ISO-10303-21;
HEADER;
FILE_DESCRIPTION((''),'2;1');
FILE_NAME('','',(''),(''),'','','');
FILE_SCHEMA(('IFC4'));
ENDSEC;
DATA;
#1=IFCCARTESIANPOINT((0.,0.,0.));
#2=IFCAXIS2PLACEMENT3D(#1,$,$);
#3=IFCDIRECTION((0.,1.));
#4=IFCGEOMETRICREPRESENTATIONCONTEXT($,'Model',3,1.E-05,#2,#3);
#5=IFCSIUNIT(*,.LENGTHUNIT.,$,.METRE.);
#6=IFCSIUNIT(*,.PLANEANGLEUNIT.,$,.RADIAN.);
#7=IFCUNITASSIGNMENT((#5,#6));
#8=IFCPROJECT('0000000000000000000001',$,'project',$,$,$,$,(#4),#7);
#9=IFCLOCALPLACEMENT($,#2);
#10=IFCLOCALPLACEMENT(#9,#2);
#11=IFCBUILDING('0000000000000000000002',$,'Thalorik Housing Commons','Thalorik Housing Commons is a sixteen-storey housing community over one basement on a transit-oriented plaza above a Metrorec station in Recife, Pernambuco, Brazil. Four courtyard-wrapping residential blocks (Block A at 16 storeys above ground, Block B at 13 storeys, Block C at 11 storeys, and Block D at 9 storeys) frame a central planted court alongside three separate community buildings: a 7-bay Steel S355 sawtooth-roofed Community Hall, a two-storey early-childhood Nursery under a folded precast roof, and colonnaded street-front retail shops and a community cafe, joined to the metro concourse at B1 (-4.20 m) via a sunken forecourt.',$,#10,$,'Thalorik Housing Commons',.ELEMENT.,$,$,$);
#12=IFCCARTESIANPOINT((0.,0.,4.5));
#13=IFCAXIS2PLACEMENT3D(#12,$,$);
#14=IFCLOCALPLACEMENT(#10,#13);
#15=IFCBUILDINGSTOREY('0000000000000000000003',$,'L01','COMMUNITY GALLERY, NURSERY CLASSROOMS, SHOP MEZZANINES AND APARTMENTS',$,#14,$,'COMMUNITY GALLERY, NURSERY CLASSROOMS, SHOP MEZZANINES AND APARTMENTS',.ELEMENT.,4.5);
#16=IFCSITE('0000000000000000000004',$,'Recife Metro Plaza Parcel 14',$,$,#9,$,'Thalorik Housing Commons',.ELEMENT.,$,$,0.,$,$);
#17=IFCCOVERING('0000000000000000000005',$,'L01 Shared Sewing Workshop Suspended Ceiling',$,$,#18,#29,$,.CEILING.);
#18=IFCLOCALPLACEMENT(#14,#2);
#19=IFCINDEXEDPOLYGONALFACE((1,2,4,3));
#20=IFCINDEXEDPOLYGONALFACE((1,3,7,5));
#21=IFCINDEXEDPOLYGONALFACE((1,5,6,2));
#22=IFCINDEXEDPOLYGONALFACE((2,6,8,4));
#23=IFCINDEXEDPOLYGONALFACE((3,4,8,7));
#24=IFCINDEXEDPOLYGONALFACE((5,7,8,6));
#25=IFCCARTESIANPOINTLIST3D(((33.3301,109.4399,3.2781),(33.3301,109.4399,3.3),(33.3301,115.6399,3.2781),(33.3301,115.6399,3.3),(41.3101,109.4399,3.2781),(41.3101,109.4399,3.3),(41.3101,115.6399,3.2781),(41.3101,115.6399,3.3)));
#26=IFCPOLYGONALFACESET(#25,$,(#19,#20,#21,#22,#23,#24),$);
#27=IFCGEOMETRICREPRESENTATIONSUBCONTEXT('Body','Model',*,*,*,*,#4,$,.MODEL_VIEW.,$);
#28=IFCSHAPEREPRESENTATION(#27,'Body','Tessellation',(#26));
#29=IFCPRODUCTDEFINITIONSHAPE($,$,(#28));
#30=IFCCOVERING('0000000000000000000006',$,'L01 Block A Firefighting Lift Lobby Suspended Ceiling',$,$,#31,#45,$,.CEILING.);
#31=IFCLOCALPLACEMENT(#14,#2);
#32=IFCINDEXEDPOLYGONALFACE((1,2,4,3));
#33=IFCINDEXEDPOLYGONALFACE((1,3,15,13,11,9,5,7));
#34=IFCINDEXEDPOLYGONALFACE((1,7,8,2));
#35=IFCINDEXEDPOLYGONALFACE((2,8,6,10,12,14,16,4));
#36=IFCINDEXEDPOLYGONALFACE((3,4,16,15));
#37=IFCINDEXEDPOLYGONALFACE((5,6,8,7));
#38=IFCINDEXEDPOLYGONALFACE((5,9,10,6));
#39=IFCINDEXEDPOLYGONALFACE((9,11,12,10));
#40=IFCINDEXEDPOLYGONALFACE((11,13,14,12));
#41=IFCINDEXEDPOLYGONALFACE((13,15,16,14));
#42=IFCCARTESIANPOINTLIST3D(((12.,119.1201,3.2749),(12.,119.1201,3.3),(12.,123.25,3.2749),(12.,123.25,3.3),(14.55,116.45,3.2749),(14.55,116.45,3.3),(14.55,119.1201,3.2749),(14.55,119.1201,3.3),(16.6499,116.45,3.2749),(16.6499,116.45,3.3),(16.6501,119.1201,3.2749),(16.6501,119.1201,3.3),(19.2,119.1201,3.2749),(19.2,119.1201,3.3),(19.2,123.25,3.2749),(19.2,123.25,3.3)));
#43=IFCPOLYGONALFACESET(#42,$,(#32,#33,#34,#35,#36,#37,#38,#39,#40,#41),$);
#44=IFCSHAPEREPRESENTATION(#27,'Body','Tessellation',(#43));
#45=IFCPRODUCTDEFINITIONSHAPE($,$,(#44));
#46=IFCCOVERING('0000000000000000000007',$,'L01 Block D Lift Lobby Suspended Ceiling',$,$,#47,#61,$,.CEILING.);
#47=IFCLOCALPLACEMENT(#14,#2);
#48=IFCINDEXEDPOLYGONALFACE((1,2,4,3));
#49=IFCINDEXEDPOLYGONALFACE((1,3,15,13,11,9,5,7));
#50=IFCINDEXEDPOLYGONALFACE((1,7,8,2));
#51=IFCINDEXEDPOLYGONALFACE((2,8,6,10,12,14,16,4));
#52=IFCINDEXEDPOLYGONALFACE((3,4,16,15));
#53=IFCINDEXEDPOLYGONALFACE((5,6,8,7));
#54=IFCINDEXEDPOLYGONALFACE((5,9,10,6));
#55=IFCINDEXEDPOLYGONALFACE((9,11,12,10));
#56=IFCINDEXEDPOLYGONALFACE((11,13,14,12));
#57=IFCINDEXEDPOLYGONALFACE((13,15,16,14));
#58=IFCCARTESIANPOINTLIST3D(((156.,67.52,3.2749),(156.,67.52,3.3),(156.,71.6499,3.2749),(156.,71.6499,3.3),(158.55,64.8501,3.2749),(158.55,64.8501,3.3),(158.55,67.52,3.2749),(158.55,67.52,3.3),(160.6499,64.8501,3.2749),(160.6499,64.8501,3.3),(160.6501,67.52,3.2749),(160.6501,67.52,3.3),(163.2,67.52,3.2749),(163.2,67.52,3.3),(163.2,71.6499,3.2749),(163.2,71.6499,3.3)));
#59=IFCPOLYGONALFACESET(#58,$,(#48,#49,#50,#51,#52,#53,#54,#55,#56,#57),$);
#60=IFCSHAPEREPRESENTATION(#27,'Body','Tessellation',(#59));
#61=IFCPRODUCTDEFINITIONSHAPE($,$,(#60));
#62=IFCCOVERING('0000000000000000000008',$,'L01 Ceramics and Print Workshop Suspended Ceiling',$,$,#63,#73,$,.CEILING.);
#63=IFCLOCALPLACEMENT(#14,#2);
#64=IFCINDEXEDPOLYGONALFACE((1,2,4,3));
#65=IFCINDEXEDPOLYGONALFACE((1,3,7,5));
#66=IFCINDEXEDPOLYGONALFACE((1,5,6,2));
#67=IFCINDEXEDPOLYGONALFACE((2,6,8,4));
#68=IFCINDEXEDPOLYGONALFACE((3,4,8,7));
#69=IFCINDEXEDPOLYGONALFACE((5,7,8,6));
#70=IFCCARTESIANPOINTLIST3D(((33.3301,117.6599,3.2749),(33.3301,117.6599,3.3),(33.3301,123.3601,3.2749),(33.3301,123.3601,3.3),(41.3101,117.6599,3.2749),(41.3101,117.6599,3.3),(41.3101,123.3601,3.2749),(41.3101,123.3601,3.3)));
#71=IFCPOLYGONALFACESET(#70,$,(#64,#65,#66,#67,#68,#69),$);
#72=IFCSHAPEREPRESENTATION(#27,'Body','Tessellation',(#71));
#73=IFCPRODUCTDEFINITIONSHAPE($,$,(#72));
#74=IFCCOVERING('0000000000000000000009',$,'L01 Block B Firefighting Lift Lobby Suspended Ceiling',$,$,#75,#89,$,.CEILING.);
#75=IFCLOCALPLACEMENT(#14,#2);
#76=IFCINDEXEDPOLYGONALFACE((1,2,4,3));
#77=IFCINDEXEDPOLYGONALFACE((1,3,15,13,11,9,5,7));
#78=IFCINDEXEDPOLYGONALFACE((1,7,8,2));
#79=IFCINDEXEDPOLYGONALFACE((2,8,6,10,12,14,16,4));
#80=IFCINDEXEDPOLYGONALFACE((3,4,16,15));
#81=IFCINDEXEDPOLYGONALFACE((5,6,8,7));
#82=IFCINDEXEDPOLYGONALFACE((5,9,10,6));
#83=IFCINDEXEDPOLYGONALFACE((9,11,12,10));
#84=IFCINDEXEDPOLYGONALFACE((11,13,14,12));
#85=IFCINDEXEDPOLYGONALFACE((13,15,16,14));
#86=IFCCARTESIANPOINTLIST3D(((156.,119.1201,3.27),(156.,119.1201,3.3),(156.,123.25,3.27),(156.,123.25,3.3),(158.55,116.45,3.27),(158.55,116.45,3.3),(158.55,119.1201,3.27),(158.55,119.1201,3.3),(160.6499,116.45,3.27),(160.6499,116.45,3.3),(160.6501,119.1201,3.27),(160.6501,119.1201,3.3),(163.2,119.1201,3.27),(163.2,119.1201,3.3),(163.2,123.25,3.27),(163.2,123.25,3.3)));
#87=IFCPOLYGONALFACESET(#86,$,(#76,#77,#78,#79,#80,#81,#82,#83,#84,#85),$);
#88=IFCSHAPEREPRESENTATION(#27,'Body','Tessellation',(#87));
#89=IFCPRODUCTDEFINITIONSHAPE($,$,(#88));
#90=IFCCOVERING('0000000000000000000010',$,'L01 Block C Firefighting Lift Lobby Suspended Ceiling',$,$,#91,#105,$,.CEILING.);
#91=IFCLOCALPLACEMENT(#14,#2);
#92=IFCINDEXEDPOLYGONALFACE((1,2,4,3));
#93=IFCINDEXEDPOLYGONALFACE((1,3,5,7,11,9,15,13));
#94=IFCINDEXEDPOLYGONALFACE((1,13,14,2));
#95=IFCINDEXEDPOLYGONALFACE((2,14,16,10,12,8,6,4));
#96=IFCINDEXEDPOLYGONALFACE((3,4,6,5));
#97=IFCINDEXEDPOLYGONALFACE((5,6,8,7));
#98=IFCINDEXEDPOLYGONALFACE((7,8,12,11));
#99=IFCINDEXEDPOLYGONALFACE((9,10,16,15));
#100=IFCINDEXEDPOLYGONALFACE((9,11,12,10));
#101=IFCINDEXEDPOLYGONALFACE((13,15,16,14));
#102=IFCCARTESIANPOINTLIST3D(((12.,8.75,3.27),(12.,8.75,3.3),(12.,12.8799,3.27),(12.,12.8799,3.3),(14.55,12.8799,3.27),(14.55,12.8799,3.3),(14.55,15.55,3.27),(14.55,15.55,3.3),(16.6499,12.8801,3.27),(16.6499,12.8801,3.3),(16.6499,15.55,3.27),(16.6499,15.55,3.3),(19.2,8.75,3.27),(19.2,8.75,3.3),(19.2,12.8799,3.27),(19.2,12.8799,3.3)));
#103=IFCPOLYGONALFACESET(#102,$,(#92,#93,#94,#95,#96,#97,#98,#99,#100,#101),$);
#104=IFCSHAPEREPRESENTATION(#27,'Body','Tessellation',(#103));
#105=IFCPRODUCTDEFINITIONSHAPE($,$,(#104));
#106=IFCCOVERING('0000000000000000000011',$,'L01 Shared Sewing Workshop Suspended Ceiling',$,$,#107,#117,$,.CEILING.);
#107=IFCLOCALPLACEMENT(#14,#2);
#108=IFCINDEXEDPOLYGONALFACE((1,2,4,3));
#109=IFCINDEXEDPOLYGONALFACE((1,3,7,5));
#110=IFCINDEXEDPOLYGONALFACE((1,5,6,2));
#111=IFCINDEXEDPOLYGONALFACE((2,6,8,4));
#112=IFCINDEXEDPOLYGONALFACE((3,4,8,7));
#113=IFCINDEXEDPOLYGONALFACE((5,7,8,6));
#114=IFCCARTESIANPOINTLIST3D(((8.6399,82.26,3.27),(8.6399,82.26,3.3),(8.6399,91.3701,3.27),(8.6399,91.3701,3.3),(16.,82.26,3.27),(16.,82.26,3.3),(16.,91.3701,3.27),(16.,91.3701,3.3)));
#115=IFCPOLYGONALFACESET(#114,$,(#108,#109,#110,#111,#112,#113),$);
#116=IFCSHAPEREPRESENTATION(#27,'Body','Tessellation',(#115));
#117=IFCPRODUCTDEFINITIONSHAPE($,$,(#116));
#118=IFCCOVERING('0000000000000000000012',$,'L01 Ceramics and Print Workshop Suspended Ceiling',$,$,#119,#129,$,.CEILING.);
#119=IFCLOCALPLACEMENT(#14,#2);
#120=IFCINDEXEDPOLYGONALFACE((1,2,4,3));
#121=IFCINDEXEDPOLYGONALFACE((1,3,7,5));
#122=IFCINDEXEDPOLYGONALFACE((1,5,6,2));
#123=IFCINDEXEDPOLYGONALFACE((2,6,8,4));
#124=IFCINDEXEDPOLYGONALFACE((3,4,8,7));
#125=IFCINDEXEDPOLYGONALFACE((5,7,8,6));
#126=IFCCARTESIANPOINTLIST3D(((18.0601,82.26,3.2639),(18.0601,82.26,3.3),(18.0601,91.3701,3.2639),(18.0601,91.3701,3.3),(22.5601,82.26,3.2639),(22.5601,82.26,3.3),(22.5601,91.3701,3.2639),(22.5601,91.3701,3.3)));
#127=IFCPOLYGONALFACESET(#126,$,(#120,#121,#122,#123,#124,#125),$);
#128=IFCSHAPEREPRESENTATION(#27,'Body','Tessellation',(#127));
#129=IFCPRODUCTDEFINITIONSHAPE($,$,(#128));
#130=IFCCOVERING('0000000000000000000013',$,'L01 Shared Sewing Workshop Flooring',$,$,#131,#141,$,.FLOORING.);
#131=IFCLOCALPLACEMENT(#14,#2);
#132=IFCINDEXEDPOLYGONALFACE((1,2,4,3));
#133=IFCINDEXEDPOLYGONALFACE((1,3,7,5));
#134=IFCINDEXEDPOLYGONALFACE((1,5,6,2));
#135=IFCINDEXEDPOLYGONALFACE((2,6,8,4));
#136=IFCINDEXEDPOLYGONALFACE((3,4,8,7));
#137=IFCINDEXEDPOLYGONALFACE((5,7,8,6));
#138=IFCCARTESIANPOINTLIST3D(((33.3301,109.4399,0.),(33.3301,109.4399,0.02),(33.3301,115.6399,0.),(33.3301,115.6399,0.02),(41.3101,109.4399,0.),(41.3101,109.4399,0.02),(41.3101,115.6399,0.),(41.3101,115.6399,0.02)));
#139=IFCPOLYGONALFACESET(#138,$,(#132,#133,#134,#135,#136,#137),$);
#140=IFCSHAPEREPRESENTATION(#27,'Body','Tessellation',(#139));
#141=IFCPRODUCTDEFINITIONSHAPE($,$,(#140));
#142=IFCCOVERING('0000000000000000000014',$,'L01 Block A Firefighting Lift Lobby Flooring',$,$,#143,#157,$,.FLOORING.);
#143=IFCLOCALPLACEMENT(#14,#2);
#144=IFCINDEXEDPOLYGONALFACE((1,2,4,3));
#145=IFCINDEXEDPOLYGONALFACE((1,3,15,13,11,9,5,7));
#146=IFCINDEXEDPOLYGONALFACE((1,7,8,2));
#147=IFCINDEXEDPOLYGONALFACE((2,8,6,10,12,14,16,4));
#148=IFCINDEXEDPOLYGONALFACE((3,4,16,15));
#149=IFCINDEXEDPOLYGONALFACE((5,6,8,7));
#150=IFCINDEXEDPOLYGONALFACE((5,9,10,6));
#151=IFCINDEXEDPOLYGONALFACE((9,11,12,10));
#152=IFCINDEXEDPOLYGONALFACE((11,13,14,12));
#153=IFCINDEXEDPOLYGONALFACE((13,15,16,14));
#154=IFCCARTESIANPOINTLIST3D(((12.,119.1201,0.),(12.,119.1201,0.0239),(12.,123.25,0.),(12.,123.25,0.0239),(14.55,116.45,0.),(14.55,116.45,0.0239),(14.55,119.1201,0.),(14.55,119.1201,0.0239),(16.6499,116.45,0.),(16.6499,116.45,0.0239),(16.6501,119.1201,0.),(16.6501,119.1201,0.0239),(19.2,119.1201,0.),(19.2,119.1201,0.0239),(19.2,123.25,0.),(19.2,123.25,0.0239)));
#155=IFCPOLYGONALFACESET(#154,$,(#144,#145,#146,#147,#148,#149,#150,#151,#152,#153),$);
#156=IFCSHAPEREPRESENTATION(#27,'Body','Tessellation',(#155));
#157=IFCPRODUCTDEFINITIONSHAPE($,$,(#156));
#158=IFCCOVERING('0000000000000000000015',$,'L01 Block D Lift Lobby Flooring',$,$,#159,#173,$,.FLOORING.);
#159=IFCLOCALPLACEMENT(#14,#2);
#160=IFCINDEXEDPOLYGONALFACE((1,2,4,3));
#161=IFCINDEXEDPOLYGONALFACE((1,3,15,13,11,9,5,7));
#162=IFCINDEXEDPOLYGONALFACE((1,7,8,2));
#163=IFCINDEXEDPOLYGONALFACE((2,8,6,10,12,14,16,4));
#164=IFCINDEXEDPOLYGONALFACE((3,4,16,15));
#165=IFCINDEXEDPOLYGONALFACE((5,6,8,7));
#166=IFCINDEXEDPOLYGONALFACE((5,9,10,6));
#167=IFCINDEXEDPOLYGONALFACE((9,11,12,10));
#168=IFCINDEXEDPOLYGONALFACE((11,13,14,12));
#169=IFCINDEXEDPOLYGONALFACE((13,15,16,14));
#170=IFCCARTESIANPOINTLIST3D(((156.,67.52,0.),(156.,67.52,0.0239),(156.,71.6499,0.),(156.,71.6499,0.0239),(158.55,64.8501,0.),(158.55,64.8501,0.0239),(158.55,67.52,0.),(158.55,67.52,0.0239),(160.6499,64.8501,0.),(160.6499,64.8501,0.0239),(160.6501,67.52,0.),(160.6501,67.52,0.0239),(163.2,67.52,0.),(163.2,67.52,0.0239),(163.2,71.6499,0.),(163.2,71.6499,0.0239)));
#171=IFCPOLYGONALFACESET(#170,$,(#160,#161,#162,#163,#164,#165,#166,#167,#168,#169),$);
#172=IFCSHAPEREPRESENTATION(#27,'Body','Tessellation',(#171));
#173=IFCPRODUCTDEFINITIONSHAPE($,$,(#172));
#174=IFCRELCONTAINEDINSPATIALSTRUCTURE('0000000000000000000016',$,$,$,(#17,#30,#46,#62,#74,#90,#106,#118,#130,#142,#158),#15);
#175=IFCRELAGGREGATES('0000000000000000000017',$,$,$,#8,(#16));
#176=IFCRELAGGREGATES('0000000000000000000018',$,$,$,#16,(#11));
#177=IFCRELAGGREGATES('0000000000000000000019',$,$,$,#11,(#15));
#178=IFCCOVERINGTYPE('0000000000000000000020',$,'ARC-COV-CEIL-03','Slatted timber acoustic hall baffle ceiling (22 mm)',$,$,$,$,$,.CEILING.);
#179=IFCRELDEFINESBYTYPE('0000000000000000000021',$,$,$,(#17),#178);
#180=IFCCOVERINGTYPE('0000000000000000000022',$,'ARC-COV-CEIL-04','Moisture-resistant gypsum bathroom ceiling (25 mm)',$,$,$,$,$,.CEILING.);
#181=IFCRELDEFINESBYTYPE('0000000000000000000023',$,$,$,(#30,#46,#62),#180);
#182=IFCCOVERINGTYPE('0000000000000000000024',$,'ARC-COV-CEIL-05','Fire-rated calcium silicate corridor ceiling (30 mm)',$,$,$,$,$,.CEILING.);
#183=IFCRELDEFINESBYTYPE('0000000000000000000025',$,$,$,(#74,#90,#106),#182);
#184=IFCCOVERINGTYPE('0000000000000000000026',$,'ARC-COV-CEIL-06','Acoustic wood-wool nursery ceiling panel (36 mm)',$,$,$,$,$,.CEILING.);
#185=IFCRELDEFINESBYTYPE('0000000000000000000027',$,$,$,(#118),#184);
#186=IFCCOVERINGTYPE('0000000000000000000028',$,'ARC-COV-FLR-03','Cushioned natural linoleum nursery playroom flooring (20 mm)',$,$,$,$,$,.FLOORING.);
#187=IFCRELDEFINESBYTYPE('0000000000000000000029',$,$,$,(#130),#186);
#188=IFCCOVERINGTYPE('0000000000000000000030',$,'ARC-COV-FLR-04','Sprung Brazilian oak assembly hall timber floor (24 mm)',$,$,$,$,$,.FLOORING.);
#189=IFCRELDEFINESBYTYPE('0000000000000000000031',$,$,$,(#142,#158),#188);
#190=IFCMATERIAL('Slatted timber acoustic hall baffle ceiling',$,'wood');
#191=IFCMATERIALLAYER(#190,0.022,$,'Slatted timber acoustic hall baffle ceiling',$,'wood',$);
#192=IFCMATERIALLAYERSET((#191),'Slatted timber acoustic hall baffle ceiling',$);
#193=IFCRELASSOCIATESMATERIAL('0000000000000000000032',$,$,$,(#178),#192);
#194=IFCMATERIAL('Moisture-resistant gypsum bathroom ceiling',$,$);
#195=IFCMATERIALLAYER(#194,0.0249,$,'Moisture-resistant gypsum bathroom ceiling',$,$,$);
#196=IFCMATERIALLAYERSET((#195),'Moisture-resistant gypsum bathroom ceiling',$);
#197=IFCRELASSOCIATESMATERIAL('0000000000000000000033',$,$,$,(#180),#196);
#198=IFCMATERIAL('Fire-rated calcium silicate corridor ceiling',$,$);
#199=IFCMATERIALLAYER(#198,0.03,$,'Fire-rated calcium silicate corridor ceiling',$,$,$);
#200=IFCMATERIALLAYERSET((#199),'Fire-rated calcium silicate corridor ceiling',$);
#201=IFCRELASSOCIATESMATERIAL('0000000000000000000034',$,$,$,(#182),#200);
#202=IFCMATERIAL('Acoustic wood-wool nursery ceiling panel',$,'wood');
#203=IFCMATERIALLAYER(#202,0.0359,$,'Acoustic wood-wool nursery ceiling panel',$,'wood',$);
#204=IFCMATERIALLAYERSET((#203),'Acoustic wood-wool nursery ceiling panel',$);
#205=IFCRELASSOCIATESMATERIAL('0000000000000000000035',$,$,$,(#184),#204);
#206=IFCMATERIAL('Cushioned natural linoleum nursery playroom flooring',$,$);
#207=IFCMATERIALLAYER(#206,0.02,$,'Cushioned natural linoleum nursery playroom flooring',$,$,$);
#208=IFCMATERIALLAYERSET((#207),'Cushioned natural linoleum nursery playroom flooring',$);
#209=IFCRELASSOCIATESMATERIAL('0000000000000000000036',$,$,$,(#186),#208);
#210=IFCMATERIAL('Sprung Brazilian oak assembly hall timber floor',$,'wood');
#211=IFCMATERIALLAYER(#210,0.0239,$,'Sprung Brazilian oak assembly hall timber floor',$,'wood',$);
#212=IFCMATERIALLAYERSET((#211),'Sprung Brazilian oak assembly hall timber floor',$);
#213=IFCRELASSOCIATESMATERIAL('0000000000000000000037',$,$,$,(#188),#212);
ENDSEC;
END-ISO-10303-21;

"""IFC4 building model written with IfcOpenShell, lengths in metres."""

from ifc_helpers import new_model, si_unit, direction, frame, origin, place, context, subcontext, project, spatial, polyline, outline, extrude, material, layer, layer_set, type_object, element, save


model = new_model("IFC4")

# Units and contexts
model_context = context("Model", 3, precision=1e-05, world=origin(), true_north=direction((0.0, 1.0)))
body_context = subcontext(model_context, "Body", "Model", "MODEL_VIEW")
ifc_project = project(units=[si_unit("LENGTHUNIT", "METRE"), si_unit("PLANEANGLEUNIT", "RADIAN")], contexts=[model_context])

# Site, building, storey
site_placement = place(None, origin())
site = spatial("IfcSite", under=ifc_project, at=site_placement, Name="Recife Metro Plaza Parcel 14", LongName="Thalorik Housing Commons", CompositionType="ELEMENT", RefElevation=0.0)
building_placement = place(site_placement, origin())
building = spatial("IfcBuilding", under=site, at=building_placement, Name="Thalorik Housing Commons", Description="Thalorik Housing Commons is a sixteen-storey housing community over one basement on a transit-oriented plaza above a Metrorec station in Recife, Pernambuco, Brazil. Four courtyard-wrapping residential blocks (Block A at 16 storeys above ground, Block B at 13 storeys, Block C at 11 storeys, and Block D at 9 storeys) frame a central planted court alongside three separate community buildings: a 7-bay Steel S355 sawtooth-roofed Community Hall, a two-storey early-childhood Nursery under a folded precast roof, and colonnaded street-front retail shops and a community cafe, joined to the metro concourse at B1 (-4.20 m) via a sunken forecourt.", LongName="Thalorik Housing Commons", CompositionType="ELEMENT")
storey_placement = place(building_placement, frame((0.0, 0.0, 4.5)))
storey = spatial("IfcBuildingStorey", under=building, at=storey_placement, Name="L01", Description="COMMUNITY GALLERY, NURSERY CLASSROOMS, SHOP MEZZANINES AND APARTMENTS", LongName="COMMUNITY GALLERY, NURSERY CLASSROOMS, SHOP MEZZANINES AND APARTMENTS", CompositionType="ELEMENT", Elevation=4.5)

# Coverings
ifc_material_1 = material(Name="Slatted timber acoustic hall baffle ceiling", Category="wood")
ifc_layer_1 = layer(ifc_material_1, 0.022, Name="Slatted timber acoustic hall baffle ceiling", Category="wood")
ifc_layer_set_1 = layer_set([ifc_layer_1], Name="Slatted timber acoustic hall baffle ceiling")
covering_type_1 = type_object("IfcCoveringType", Name="ARC-COV-CEIL-03", Description="Slatted timber acoustic hall baffle ceiling (22 mm)", PredefinedType="CEILING", material=ifc_layer_set_1)
covering_1_placement = place(storey_placement, frame((0.0, 0.0, 3.2781)))
element("IfcCovering", 1, at=covering_1_placement, inside=storey, type_object=covering_type_1, Name="L01 Shared Sewing Workshop Suspended Ceiling", PredefinedType="CEILING", context=body_context, shape_type="SweptSolid", body=[
    extrude(outline(polyline([(41.3101, 109.4399), (41.3101, 115.6399), (33.3301, 115.6399), (33.3301, 109.4399), (41.3101, 109.4399)])), origin(), (0.0, 0.0, 1.0), 0.022),
])
ifc_material_2 = material(Name="Moisture-resistant gypsum bathroom ceiling")
ifc_layer_2 = layer(ifc_material_2, 0.0249, Name="Moisture-resistant gypsum bathroom ceiling")
ifc_layer_set_2 = layer_set([ifc_layer_2], Name="Moisture-resistant gypsum bathroom ceiling")
covering_type_2 = type_object("IfcCoveringType", Name="ARC-COV-CEIL-04", Description="Moisture-resistant gypsum bathroom ceiling (25 mm)", PredefinedType="CEILING", material=ifc_layer_set_2)
covering_2_placement = place(storey_placement, frame((0.0, 0.0, 3.2749)))
element("IfcCovering", 2, at=covering_2_placement, inside=storey, type_object=covering_type_2, Name="L01 Block A Firefighting Lift Lobby Suspended Ceiling", PredefinedType="CEILING", context=body_context, shape_type="SweptSolid", body=[
    extrude(outline(polyline([(14.55, 116.45), (16.6499, 116.45), (16.6501, 119.1201), (19.2, 119.1201), (19.2, 123.25), (12.0, 123.25), (12.0, 119.1201), (14.55, 119.1201), (14.55, 116.45)])), origin(), (0.0, 0.0, 1.0), 0.0251),
])
covering_3_placement = place(storey_placement, frame((0.0, 0.0, 3.2749)))
element("IfcCovering", 3, at=covering_3_placement, inside=storey, type_object=covering_type_2, Name="L01 Block D Lift Lobby Suspended Ceiling", PredefinedType="CEILING", context=body_context, shape_type="SweptSolid", body=[
    extrude(outline(polyline([(158.55, 64.8501), (160.6499, 64.8501), (160.6501, 67.52), (163.2, 67.52), (163.2, 71.6499), (156.0, 71.6499), (156.0, 67.52), (158.55, 67.52), (158.55, 64.8501)])), origin(), (0.0, 0.0, 1.0), 0.0251),
])
covering_4_placement = place(storey_placement, frame((0.0, 0.0, 3.2749)))
element("IfcCovering", 4, at=covering_4_placement, inside=storey, type_object=covering_type_2, Name="L01 Ceramics and Print Workshop Suspended Ceiling", PredefinedType="CEILING", context=body_context, shape_type="SweptSolid", body=[
    extrude(outline(polyline([(41.3101, 117.6599), (41.3101, 123.3601), (33.3301, 123.3601), (33.3301, 117.6599), (41.3101, 117.6599)])), origin(), (0.0, 0.0, 1.0), 0.0251),
])
ifc_material_3 = material(Name="Fire-rated calcium silicate corridor ceiling")
ifc_layer_3 = layer(ifc_material_3, 0.03, Name="Fire-rated calcium silicate corridor ceiling")
ifc_layer_set_3 = layer_set([ifc_layer_3], Name="Fire-rated calcium silicate corridor ceiling")
covering_type_3 = type_object("IfcCoveringType", Name="ARC-COV-CEIL-05", Description="Fire-rated calcium silicate corridor ceiling (30 mm)", PredefinedType="CEILING", material=ifc_layer_set_3)
covering_5_placement = place(storey_placement, frame((0.0, 0.0, 3.27)))
element("IfcCovering", 5, at=covering_5_placement, inside=storey, type_object=covering_type_3, Name="L01 Block B Firefighting Lift Lobby Suspended Ceiling", PredefinedType="CEILING", context=body_context, shape_type="SweptSolid", body=[
    extrude(outline(polyline([(158.55, 116.45), (160.6499, 116.45), (160.6501, 119.1201), (163.2, 119.1201), (163.2, 123.25), (156.0, 123.25), (156.0, 119.1201), (158.55, 119.1201), (158.55, 116.45)])), origin(), (0.0, 0.0, 1.0), 0.03),
])
covering_6_placement = place(storey_placement, frame((0.0, 0.0, 3.27)))
element("IfcCovering", 6, at=covering_6_placement, inside=storey, type_object=covering_type_3, Name="L01 Block C Firefighting Lift Lobby Suspended Ceiling", PredefinedType="CEILING", context=body_context, shape_type="SweptSolid", body=[
    extrude(outline(polyline([(12.0, 12.8799), (12.0, 8.75), (19.2, 8.75), (19.2, 12.8799), (16.6499, 12.8801), (16.6499, 15.55), (14.55, 15.55), (14.55, 12.8799), (12.0, 12.8799)])), origin(), (0.0, 0.0, 1.0), 0.03),
])
covering_7_placement = place(storey_placement, frame((0.0, 0.0, 3.27)))
element("IfcCovering", 7, at=covering_7_placement, inside=storey, type_object=covering_type_3, Name="L01 Shared Sewing Workshop Suspended Ceiling", PredefinedType="CEILING", context=body_context, shape_type="SweptSolid", body=[
    extrude(outline(polyline([(16.0, 91.3701), (8.6399, 91.3701), (8.6399, 82.26), (16.0, 82.26), (16.0, 91.3701)])), origin(), (0.0, 0.0, 1.0), 0.03),
])
ifc_material_4 = material(Name="Acoustic wood-wool nursery ceiling panel", Category="wood")
ifc_layer_4 = layer(ifc_material_4, 0.0359, Name="Acoustic wood-wool nursery ceiling panel", Category="wood")
ifc_layer_set_4 = layer_set([ifc_layer_4], Name="Acoustic wood-wool nursery ceiling panel")
covering_type_4 = type_object("IfcCoveringType", Name="ARC-COV-CEIL-06", Description="Acoustic wood-wool nursery ceiling panel (36 mm)", PredefinedType="CEILING", material=ifc_layer_set_4)
covering_8_placement = place(storey_placement, frame((0.0, 0.0, 3.2639)))
element("IfcCovering", 8, at=covering_8_placement, inside=storey, type_object=covering_type_4, Name="L01 Ceramics and Print Workshop Suspended Ceiling", PredefinedType="CEILING", context=body_context, shape_type="SweptSolid", body=[
    extrude(outline(polyline([(22.5601, 91.3701), (18.0601, 91.3701), (18.0601, 82.26), (22.5601, 82.26), (22.5601, 91.3701)])), origin(), (0.0, 0.0, 1.0), 0.0361),
])
ifc_material_5 = material(Name="Cushioned natural linoleum nursery playroom flooring")
ifc_layer_5 = layer(ifc_material_5, 0.02, Name="Cushioned natural linoleum nursery playroom flooring")
ifc_layer_set_5 = layer_set([ifc_layer_5], Name="Cushioned natural linoleum nursery playroom flooring")
covering_type_5 = type_object("IfcCoveringType", Name="ARC-COV-FLR-03", Description="Cushioned natural linoleum nursery playroom flooring (20 mm)", PredefinedType="FLOORING", material=ifc_layer_set_5)
covering_9_placement = place(storey_placement, origin())
element("IfcCovering", 9, at=covering_9_placement, inside=storey, type_object=covering_type_5, Name="L01 Shared Sewing Workshop Flooring", PredefinedType="FLOORING", context=body_context, shape_type="SweptSolid", body=[
    extrude(outline(polyline([(41.3101, 109.4399), (41.3101, 115.6399), (33.3301, 115.6399), (33.3301, 109.4399), (41.3101, 109.4399)])), origin(), (0.0, 0.0, 1.0), 0.02),
])
ifc_material_6 = material(Name="Sprung Brazilian oak assembly hall timber floor", Category="wood")
ifc_layer_6 = layer(ifc_material_6, 0.0239, Name="Sprung Brazilian oak assembly hall timber floor", Category="wood")
ifc_layer_set_6 = layer_set([ifc_layer_6], Name="Sprung Brazilian oak assembly hall timber floor")
covering_type_6 = type_object("IfcCoveringType", Name="ARC-COV-FLR-04", Description="Sprung Brazilian oak assembly hall timber floor (24 mm)", PredefinedType="FLOORING", material=ifc_layer_set_6)
covering_10_placement = place(storey_placement, origin())
element("IfcCovering", 10, at=covering_10_placement, inside=storey, type_object=covering_type_6, Name="L01 Block A Firefighting Lift Lobby Flooring", PredefinedType="FLOORING", context=body_context, shape_type="SweptSolid", body=[
    extrude(outline(polyline([(14.55, 116.45), (16.6499, 116.45), (16.6501, 119.1201), (19.2, 119.1201), (19.2, 123.25), (12.0, 123.25), (12.0, 119.1201), (14.55, 119.1201), (14.55, 116.45)])), origin(), (0.0, 0.0, 1.0), 0.0239),
])
covering_11_placement = place(storey_placement, origin())
element("IfcCovering", 11, at=covering_11_placement, inside=storey, type_object=covering_type_6, Name="L01 Block D Lift Lobby Flooring", PredefinedType="FLOORING", context=body_context, shape_type="SweptSolid", body=[
    extrude(outline(polyline([(158.55, 64.8501), (160.6499, 64.8501), (160.6501, 67.52), (163.2, 67.52), (163.2, 71.6499), (156.0, 71.6499), (156.0, 67.52), (158.55, 67.52), (158.55, 64.8501)])), origin(), (0.0, 0.0, 1.0), 0.0239),
])

save(model, "model.ifc")
